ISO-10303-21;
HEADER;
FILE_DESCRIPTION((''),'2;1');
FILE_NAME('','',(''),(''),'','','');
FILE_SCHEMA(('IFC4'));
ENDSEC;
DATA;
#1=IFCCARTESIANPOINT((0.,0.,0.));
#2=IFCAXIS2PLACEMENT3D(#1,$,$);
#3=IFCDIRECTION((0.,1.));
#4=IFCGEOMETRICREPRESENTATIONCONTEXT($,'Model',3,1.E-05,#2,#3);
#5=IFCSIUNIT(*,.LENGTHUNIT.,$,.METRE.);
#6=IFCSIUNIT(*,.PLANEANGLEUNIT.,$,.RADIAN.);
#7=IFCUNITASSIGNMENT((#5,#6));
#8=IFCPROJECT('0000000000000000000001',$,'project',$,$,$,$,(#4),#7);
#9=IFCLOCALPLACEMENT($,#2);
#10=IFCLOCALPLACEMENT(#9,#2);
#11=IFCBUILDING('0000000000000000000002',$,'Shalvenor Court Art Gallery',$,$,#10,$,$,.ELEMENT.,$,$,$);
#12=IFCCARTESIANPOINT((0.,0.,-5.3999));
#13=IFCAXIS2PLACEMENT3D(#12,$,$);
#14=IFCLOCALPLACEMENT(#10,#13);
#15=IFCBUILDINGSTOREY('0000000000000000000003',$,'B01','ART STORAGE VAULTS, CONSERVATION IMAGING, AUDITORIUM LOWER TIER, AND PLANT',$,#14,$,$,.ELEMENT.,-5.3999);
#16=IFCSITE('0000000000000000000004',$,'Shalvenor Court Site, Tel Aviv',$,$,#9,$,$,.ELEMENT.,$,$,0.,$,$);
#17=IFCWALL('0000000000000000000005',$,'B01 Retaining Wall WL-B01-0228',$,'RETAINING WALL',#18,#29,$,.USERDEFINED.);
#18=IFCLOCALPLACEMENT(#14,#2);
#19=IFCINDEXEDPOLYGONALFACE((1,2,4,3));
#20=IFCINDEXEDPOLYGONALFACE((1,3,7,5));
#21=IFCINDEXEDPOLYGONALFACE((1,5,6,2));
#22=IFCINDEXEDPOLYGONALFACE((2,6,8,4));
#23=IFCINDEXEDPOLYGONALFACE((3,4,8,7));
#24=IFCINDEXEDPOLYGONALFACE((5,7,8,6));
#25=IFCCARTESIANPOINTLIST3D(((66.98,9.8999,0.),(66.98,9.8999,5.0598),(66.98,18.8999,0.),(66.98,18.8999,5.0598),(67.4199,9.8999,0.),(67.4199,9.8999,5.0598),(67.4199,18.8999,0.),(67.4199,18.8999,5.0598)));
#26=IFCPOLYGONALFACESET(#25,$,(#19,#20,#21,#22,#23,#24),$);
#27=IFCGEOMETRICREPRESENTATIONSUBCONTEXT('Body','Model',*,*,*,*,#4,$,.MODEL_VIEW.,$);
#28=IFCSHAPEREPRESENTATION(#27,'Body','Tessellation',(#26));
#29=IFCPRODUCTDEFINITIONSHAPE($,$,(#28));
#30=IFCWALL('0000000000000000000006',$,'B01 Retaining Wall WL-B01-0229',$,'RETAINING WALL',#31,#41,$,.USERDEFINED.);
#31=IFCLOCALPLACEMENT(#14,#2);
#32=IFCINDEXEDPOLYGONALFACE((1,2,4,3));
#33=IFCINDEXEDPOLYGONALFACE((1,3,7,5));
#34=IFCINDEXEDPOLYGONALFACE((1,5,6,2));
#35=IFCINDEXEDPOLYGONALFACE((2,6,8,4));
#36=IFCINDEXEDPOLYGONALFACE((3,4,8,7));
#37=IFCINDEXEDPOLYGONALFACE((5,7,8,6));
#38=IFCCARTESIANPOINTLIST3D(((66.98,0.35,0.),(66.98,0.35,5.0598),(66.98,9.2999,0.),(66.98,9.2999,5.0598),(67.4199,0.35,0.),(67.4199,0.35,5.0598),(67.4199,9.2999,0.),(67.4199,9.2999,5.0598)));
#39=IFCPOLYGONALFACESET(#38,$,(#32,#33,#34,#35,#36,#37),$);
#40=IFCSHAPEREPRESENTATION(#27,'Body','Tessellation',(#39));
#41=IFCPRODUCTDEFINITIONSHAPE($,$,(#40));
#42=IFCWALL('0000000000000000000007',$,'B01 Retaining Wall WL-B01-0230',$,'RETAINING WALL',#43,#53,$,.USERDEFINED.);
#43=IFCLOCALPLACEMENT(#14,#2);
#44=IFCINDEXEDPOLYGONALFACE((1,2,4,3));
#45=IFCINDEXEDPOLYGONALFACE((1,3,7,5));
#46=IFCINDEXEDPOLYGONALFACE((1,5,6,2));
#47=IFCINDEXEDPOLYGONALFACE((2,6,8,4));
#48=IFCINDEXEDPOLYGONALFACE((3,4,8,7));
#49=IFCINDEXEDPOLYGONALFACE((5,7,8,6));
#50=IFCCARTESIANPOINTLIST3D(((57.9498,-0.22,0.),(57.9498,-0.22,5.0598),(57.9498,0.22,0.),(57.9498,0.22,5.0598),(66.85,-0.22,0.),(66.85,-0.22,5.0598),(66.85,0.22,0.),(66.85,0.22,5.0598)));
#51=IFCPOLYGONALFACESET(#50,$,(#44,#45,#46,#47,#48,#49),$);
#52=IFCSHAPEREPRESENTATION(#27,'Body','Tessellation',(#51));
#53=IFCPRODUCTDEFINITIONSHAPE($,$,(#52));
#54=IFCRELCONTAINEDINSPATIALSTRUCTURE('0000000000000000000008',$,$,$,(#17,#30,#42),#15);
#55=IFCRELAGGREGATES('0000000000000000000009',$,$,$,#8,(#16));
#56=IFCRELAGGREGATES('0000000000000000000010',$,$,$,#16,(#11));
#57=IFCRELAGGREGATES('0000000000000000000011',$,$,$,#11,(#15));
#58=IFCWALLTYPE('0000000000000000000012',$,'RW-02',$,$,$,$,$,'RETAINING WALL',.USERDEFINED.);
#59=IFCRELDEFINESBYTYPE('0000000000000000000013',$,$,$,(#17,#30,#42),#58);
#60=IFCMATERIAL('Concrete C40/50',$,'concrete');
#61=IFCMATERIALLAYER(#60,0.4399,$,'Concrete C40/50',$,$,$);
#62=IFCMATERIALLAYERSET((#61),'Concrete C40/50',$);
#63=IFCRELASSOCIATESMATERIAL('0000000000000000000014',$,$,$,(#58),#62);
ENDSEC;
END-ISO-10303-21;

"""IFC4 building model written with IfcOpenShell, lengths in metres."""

from ifc_helpers import new_model, si_unit, direction, frame, frame_2d, origin, place, context, subcontext, project, spatial, rectangle, extrude, material, layer, layer_set, type_object, element, save


model = new_model("IFC4")

# Units and contexts
model_context = context("Model", 3, precision=1e-05, world=origin(), true_north=direction((0.0, 1.0)))
body_context = subcontext(model_context, "Body", "Model", "MODEL_VIEW")
ifc_project = project(units=[si_unit("LENGTHUNIT", "METRE"), si_unit("PLANEANGLEUNIT", "RADIAN")], contexts=[model_context])

# Site, building, storey
site_placement = place(None, origin())
site = spatial("IfcSite", under=ifc_project, at=site_placement, Name="Shalvenor Court Site, Tel Aviv", CompositionType="ELEMENT", RefElevation=0.0)
building_placement = place(site_placement, origin())
building = spatial("IfcBuilding", under=site, at=building_placement, Name="Shalvenor Court Art Gallery", CompositionType="ELEMENT")
storey_placement = place(building_placement, frame((0.0, 0.0, -5.3999)))
storey = spatial("IfcBuildingStorey", under=building, at=storey_placement, Name="B01", Description="ART STORAGE VAULTS, CONSERVATION IMAGING, AUDITORIUM LOWER TIER, AND PLANT", CompositionType="ELEMENT", Elevation=-5.3999)

# Walls
ifc_material_1 = material(Name="Concrete C40/50", Category="concrete")
ifc_layer_1 = layer(ifc_material_1, 0.4399, Name="Concrete C40/50")
ifc_layer_set_1 = layer_set([ifc_layer_1], Name="Concrete C40/50")
wall_type_1 = type_object("IfcWallType", Name="RW-02", ElementType="RETAINING WALL", PredefinedType="USERDEFINED", material=ifc_layer_set_1)
wall_1_placement = place(storey_placement, frame((67.2, 18.8999, 0.0), z_axis=(0.0, 0.0, 1.0), x_axis=(0.0, -1.0, 0.0)))
element("IfcWall", 1, at=wall_1_placement, inside=storey, type_object=wall_type_1, Name="B01 Retaining Wall WL-B01-0228", ObjectType="RETAINING WALL", PredefinedType="USERDEFINED", context=body_context, shape_type="SweptSolid", body=[
    extrude(rectangle(XDim=9.0, YDim=0.4399, at=frame_2d((4.5, 0.0))), origin(), (0.0, 0.0, 1.0), 5.0598),
])
wall_2_placement = place(storey_placement, frame((67.2, 9.3, 0.0), z_axis=(0.0, 0.0, 1.0), x_axis=(0.0, -1.0, 0.0)))
element("IfcWall", 2, at=wall_2_placement, inside=storey, type_object=wall_type_1, Name="B01 Retaining Wall WL-B01-0229", ObjectType="RETAINING WALL", PredefinedType="USERDEFINED", context=body_context, shape_type="SweptSolid", body=[
    extrude(rectangle(XDim=8.95, YDim=0.4399, at=frame_2d((4.4751, 0.0))), origin(), (0.0, 0.0, 1.0), 5.0598),
])
wall_3_placement = place(storey_placement, frame((66.8501, 0.0, 0.0), z_axis=(0.0, 0.0, 1.0), x_axis=(-1.0, 0.0, 0.0)))
element("IfcWall", 3, at=wall_3_placement, inside=storey, type_object=wall_type_1, Name="B01 Retaining Wall WL-B01-0230", ObjectType="RETAINING WALL", PredefinedType="USERDEFINED", context=body_context, shape_type="SweptSolid", body=[
    extrude(rectangle(XDim=8.9001, YDim=0.4399, at=frame_2d((4.4502, 0.0))), origin(), (0.0, 0.0, 1.0), 5.0598),
])

save(model, "model.ifc")
